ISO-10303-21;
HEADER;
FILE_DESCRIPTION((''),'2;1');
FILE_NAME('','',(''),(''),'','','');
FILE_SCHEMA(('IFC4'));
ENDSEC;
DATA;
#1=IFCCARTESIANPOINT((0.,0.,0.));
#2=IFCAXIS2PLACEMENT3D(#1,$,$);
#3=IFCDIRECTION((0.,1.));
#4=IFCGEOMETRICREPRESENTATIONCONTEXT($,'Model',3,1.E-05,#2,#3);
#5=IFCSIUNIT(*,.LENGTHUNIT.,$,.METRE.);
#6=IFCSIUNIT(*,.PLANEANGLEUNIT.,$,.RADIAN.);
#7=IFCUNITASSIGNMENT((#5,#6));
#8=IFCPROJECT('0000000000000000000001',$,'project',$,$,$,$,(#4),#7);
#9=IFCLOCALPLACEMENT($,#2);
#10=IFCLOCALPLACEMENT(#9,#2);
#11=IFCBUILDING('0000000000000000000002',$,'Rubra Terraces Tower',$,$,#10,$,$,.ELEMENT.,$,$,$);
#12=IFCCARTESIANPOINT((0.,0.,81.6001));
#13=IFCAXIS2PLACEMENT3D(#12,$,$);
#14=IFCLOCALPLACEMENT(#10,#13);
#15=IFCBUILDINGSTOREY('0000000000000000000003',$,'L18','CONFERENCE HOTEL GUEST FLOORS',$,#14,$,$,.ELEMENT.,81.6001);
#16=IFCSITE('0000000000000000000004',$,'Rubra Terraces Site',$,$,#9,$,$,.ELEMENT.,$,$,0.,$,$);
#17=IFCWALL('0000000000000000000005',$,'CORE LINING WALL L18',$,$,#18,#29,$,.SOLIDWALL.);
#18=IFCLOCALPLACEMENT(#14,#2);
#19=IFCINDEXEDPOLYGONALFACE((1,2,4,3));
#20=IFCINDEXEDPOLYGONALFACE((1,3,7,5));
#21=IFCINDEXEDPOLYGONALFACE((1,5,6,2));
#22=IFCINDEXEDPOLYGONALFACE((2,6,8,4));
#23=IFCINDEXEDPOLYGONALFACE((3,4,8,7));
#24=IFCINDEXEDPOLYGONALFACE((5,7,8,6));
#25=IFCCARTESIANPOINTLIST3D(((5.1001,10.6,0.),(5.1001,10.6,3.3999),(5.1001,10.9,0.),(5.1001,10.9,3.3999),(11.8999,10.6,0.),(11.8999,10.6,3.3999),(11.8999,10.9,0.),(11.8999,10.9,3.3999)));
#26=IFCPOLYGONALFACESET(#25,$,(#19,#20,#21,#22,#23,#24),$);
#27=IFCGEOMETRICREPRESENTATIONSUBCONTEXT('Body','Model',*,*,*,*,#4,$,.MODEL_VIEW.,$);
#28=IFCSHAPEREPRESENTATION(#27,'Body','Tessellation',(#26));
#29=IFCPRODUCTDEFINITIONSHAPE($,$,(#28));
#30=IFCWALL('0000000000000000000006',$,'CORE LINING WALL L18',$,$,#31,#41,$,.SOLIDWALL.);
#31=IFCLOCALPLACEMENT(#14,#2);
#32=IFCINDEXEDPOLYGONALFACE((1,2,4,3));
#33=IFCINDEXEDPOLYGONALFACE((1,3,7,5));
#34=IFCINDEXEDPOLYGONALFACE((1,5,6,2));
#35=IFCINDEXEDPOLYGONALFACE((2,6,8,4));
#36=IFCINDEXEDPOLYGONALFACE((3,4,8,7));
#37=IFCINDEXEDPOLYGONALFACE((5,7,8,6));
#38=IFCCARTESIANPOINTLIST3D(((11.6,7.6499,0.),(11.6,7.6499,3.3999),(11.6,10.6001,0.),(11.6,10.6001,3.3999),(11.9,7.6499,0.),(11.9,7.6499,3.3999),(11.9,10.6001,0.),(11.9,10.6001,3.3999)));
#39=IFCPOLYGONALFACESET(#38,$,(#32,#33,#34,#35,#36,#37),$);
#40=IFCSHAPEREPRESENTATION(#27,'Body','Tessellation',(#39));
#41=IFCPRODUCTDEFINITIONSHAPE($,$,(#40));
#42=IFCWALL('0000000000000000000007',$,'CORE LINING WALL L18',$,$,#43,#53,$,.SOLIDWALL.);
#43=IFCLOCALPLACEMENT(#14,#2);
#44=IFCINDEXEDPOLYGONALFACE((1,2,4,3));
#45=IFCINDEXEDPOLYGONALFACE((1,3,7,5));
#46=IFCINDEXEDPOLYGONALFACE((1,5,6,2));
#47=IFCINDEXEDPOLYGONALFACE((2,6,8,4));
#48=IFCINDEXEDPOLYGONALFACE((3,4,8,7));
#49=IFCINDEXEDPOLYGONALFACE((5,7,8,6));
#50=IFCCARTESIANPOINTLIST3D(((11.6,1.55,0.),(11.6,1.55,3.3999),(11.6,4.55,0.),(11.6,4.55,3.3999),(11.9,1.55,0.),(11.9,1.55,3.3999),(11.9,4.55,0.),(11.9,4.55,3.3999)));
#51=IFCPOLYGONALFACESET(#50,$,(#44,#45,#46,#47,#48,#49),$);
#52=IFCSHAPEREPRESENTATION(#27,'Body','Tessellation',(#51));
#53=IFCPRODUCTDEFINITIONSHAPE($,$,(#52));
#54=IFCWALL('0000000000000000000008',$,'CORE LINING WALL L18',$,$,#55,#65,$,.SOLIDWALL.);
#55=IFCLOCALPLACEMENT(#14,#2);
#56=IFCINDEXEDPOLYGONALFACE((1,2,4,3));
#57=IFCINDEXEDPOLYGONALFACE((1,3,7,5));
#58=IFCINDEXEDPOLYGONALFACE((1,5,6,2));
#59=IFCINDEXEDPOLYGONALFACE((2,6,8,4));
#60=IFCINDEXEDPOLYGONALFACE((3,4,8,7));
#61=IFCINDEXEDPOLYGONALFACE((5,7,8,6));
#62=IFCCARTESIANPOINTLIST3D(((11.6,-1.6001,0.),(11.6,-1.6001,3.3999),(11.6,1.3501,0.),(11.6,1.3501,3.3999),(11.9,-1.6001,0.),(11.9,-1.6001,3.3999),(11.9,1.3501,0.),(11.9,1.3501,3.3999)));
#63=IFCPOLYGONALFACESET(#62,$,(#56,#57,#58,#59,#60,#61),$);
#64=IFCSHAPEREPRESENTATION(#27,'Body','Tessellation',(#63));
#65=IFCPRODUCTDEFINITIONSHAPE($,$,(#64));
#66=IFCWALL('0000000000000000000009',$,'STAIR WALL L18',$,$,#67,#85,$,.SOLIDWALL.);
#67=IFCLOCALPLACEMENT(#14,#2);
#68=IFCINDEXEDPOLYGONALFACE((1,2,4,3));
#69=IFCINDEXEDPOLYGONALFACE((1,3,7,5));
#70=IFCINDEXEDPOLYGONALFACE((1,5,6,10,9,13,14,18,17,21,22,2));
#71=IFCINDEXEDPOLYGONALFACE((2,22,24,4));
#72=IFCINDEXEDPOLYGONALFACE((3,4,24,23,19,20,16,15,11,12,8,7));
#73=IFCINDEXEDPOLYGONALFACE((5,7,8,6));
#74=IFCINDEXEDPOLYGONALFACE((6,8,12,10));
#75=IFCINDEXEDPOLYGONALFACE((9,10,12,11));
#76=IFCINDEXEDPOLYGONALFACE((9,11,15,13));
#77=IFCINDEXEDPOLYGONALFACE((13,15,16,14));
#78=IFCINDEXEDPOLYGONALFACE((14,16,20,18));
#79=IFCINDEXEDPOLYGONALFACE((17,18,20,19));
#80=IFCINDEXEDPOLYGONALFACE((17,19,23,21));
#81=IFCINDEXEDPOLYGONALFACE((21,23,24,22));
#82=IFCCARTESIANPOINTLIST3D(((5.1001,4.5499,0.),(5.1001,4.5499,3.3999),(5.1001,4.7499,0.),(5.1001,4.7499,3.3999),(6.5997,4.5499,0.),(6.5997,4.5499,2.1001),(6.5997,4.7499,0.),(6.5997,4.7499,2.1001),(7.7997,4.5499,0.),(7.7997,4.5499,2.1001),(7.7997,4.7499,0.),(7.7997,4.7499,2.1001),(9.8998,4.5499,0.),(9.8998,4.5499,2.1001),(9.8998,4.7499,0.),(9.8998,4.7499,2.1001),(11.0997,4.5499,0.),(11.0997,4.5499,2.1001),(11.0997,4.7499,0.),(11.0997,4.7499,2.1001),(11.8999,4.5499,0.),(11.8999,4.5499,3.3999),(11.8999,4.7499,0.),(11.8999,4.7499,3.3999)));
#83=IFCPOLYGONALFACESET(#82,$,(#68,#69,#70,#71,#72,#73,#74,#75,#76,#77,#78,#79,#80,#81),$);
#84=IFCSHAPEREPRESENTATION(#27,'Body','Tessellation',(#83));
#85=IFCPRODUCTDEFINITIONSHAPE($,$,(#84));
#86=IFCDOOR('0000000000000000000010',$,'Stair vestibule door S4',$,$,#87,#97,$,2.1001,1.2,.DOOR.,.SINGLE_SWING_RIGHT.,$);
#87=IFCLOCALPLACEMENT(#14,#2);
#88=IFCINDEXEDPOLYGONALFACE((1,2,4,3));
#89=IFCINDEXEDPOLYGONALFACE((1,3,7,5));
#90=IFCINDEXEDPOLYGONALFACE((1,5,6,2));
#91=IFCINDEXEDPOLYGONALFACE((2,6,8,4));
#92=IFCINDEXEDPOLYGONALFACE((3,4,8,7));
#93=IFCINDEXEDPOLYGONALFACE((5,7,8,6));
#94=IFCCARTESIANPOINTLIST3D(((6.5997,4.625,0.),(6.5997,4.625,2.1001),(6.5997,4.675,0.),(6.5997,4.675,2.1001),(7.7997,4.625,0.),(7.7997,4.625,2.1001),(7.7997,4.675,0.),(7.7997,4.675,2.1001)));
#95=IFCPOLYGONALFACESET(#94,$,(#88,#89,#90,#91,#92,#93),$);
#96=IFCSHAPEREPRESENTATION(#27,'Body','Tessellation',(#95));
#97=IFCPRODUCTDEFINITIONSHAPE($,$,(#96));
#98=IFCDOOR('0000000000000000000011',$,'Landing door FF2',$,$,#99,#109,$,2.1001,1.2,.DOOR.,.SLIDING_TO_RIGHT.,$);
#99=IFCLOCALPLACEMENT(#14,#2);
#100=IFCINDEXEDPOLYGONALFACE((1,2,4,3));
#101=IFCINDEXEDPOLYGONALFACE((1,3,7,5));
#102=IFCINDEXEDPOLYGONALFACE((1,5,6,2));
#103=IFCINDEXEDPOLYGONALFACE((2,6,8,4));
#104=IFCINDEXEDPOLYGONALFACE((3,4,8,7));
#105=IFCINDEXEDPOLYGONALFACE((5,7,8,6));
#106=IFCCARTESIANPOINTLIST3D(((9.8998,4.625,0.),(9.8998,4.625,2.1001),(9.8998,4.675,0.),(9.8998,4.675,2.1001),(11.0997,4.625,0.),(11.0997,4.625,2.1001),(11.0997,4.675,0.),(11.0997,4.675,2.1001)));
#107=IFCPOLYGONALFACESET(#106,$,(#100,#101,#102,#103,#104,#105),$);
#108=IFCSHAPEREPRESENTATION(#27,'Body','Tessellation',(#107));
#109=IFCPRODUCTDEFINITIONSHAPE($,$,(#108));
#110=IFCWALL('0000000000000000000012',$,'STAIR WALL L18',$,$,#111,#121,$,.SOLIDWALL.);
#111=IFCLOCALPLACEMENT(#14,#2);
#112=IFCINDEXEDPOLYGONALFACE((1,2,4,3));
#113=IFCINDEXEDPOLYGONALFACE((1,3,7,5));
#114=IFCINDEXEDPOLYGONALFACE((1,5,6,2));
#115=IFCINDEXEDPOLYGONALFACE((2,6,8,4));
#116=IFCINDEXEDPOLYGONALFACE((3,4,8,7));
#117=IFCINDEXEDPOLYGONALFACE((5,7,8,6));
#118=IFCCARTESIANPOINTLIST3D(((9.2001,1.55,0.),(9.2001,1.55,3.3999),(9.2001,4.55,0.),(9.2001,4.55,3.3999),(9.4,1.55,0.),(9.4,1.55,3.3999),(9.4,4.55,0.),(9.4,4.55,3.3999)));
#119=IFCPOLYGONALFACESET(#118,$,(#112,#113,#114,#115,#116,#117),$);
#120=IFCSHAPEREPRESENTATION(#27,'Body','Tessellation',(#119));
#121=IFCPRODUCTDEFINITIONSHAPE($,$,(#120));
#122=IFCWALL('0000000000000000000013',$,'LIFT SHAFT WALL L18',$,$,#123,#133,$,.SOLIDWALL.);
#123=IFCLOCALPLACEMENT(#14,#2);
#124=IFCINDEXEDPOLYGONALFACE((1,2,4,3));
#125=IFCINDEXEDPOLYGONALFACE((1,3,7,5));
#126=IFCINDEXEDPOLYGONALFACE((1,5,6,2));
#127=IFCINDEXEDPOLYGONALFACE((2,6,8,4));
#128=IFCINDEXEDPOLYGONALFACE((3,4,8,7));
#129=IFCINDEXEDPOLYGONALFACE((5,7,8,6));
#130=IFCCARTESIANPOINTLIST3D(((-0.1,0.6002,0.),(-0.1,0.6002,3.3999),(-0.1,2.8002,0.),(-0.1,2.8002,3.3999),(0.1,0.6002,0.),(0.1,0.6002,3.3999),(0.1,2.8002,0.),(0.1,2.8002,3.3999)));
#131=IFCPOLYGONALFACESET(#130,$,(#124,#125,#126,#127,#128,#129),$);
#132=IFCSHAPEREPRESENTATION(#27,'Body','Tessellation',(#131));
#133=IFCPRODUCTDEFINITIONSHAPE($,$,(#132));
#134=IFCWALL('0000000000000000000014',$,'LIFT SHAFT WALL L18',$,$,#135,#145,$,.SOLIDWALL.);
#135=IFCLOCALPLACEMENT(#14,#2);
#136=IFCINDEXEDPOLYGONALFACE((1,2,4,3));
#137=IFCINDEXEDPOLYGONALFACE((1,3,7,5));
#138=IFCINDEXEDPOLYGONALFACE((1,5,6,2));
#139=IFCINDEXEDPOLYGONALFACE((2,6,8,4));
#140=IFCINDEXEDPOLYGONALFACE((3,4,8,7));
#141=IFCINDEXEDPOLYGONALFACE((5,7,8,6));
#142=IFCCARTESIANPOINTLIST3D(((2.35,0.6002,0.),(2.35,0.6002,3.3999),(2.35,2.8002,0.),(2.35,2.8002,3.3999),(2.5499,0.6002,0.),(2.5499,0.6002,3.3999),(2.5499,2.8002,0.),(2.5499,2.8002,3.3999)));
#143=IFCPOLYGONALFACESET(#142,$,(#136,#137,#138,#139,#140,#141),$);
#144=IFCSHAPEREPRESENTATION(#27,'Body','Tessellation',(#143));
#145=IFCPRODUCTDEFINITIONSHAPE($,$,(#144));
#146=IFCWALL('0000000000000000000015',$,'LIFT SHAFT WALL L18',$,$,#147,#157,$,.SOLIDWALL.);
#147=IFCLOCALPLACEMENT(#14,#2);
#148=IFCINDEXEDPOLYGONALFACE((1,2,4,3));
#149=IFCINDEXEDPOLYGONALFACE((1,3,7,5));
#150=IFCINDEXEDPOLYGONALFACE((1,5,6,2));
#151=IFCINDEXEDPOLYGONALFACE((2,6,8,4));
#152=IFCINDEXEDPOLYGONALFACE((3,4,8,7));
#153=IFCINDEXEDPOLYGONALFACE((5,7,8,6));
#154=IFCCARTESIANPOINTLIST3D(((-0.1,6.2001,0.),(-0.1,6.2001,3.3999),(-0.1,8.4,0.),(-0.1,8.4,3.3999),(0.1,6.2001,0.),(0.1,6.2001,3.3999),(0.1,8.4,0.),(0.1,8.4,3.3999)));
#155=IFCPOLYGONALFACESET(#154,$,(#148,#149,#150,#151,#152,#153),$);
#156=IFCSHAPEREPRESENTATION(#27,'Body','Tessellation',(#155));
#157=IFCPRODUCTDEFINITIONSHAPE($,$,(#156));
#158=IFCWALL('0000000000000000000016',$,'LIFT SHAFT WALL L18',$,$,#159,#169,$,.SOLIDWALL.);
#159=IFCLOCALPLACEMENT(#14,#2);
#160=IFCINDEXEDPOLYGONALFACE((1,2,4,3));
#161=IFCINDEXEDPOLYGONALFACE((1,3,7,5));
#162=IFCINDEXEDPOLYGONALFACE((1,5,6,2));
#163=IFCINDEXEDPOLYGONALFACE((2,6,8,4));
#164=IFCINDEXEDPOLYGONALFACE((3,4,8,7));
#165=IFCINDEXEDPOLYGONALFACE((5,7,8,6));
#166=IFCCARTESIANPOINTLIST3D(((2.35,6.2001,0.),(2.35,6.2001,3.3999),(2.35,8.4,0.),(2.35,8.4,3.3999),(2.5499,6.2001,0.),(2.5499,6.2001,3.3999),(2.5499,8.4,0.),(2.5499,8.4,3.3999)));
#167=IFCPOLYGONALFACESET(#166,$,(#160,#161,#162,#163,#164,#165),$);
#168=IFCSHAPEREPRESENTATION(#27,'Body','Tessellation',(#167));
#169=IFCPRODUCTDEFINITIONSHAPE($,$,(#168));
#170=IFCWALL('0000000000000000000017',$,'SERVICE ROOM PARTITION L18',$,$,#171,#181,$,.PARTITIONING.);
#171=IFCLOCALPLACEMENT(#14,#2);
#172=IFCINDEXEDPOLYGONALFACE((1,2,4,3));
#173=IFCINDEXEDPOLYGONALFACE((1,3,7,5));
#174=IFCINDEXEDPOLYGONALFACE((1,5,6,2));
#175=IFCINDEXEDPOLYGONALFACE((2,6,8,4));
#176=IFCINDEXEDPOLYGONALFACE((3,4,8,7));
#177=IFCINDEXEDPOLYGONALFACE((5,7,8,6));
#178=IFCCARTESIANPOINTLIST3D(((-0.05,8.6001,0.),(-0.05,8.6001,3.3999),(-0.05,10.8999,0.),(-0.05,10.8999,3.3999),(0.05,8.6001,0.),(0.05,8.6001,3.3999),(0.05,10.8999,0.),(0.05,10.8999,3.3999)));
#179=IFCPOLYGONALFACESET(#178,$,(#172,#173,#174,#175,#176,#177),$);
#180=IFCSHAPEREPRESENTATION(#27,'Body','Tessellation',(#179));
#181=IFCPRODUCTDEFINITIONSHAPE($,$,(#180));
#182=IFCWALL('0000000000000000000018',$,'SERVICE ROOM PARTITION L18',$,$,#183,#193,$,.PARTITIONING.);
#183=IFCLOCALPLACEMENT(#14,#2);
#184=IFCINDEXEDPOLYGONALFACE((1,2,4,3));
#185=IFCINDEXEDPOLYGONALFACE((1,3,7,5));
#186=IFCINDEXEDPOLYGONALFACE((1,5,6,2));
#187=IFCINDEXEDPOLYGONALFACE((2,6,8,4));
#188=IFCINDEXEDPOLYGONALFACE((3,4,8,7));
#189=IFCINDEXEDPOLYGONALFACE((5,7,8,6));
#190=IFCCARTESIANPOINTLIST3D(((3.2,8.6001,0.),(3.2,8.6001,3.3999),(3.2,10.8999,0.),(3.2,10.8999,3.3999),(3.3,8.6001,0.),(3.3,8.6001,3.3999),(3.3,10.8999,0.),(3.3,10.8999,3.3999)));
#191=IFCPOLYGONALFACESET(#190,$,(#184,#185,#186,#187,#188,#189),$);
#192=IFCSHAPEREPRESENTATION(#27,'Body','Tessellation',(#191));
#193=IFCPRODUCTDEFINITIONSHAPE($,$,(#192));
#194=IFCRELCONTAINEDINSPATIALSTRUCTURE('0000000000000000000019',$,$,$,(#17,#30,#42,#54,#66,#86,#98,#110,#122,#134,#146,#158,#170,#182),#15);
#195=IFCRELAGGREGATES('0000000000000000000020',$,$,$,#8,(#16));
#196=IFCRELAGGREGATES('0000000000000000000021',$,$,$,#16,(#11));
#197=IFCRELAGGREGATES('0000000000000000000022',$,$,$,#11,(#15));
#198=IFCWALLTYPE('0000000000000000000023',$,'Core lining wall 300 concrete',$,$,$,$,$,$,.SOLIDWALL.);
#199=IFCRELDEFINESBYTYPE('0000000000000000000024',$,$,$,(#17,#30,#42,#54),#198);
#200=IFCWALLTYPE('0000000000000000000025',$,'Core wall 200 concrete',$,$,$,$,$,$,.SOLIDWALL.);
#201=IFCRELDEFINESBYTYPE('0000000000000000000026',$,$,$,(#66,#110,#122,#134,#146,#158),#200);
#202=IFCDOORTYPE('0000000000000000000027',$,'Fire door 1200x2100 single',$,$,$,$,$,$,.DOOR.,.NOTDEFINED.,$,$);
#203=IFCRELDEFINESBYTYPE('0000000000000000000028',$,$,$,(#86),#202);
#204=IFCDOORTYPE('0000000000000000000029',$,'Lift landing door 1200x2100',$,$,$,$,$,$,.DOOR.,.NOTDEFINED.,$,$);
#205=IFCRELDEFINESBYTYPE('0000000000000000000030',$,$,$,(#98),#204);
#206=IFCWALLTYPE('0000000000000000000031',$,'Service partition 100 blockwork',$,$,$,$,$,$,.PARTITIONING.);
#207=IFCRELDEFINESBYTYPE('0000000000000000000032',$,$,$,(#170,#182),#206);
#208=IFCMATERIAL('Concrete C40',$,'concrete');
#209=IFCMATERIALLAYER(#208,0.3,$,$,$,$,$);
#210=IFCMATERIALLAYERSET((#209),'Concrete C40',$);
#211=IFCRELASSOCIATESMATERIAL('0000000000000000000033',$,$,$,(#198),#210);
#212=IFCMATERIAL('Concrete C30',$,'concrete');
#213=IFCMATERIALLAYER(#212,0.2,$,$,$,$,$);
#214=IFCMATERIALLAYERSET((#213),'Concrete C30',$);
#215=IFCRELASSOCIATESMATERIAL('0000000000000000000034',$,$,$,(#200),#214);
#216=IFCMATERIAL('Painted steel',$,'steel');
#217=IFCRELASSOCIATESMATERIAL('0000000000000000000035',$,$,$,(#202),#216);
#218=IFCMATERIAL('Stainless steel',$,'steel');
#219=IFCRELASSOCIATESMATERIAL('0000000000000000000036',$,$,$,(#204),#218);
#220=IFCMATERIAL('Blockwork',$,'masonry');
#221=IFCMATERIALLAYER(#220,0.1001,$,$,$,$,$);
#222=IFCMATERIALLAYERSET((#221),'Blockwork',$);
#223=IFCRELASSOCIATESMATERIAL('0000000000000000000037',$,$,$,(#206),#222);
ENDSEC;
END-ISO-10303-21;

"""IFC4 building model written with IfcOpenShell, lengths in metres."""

from ifc_helpers import new_model, si_unit, direction, frame, frame_2d, origin, place, context, subcontext, project, spatial, rectangle, extrude, material, layer, layer_set, type_object, element, fill, save


model = new_model("IFC4")

# Units and contexts
model_context = context("Model", 3, precision=1e-05, world=origin(), true_north=direction((0.0, 1.0)))
body_context = subcontext(model_context, "Body", "Model", "MODEL_VIEW")
ifc_project = project(units=[si_unit("LENGTHUNIT", "METRE"), si_unit("PLANEANGLEUNIT", "RADIAN")], contexts=[model_context])

# Site, building, storey
site_placement = place(None, origin())
site = spatial("IfcSite", under=ifc_project, at=site_placement, Name="Rubra Terraces Site", CompositionType="ELEMENT", RefElevation=0.0)
building_placement = place(site_placement, origin())
building = spatial("IfcBuilding", under=site, at=building_placement, Name="Rubra Terraces Tower", CompositionType="ELEMENT")
storey_placement = place(building_placement, frame((0.0, 0.0, 81.6001)))
storey = spatial("IfcBuildingStorey", under=building, at=storey_placement, Name="L18", Description="CONFERENCE HOTEL GUEST FLOORS", CompositionType="ELEMENT", Elevation=81.6001)

# Walls
ifc_material_1 = material(Name="Concrete C40", Category="concrete")
ifc_layer_1 = layer(ifc_material_1, 0.3)
ifc_layer_set_1 = layer_set([ifc_layer_1], Name="Concrete C40")
wall_type_1 = type_object("IfcWallType", Name="Core lining wall 300 concrete", PredefinedType="SOLIDWALL", material=ifc_layer_set_1)
wall_1_placement = place(storey_placement, frame((11.8999, 10.75, 0.0), z_axis=(0.0, 0.0, 1.0), x_axis=(-1.0, 0.0, 0.0)))
element("IfcWall", 1, at=wall_1_placement, inside=storey, type_object=wall_type_1, Name="CORE LINING WALL L18", PredefinedType="SOLIDWALL", context=body_context, shape_type="SweptSolid", body=[
    extrude(rectangle(XDim=6.7998, YDim=0.3, at=frame_2d((3.3999, 0.0))), origin(), (0.0, 0.0, 1.0), 3.3999),
])
wall_2_placement = place(storey_placement, frame((11.75, 10.6001, 0.0), z_axis=(0.0, 0.0, 1.0), x_axis=(0.0, -1.0, 0.0)))
element("IfcWall", 2, at=wall_2_placement, inside=storey, type_object=wall_type_1, Name="CORE LINING WALL L18", PredefinedType="SOLIDWALL", context=body_context, shape_type="SweptSolid", body=[
    extrude(rectangle(XDim=2.9502, YDim=0.3, at=frame_2d((1.4751, 0.0))), origin(), (0.0, 0.0, 1.0), 3.3999),
])
wall_3_placement = place(storey_placement, frame((11.75, 4.55, 0.0), z_axis=(0.0, 0.0, 1.0), x_axis=(0.0, -1.0, 0.0)))
element("IfcWall", 3, at=wall_3_placement, inside=storey, type_object=wall_type_1, Name="CORE LINING WALL L18", PredefinedType="SOLIDWALL", context=body_context, shape_type="SweptSolid", body=[
    extrude(rectangle(XDim=3.0, YDim=0.3, at=frame_2d((1.5, 0.0))), origin(), (0.0, 0.0, 1.0), 3.3999),
])
wall_4_placement = place(storey_placement, frame((11.75, 1.3501, 0.0), z_axis=(0.0, 0.0, 1.0), x_axis=(0.0, -1.0, 0.0)))
element("IfcWall", 4, at=wall_4_placement, inside=storey, type_object=wall_type_1, Name="CORE LINING WALL L18", PredefinedType="SOLIDWALL", context=body_context, shape_type="SweptSolid", body=[
    extrude(rectangle(XDim=2.9502, YDim=0.3, at=frame_2d((1.4751, 0.0))), origin(), (0.0, 0.0, 1.0), 3.3999),
])

# Wall, openings, doors
ifc_material_2 = material(Name="Concrete C30", Category="concrete")
ifc_layer_2 = layer(ifc_material_2, 0.2)
ifc_layer_set_2 = layer_set([ifc_layer_2], Name="Concrete C30")
wall_type_2 = type_object("IfcWallType", Name="Core wall 200 concrete", PredefinedType="SOLIDWALL", material=ifc_layer_set_2)
wall_5_placement = place(storey_placement, frame((11.8999, 4.6499, 0.0), z_axis=(0.0, 0.0, 1.0), x_axis=(-1.0, 0.0, 0.0)))
wall_5 = element("IfcWall", 5, at=wall_5_placement, inside=storey, type_object=wall_type_2, Name="STAIR WALL L18", PredefinedType="SOLIDWALL", context=body_context, shape_type="SweptSolid", body=[
    extrude(rectangle(XDim=6.7998, YDim=0.2, at=frame_2d((3.3999, 0.0))), origin(), (0.0, 0.0, 1.0), 3.3999),
])
opening_1_placement = place(wall_5_placement, frame((4.1001, 0.0, 0.0)))
opening_1 = element("IfcOpeningElement", 6, at=opening_1_placement, cuts=wall_5, PredefinedType="OPENING", context=body_context, shape_type="SweptSolid", body=[
    extrude(rectangle(XDim=1.2, YDim=2.1001, at=frame_2d((0.6001, 1.05))), frame((0.0, 0.1099, 0.0), z_axis=(0.0, -1.0, 0.0), x_axis=(1.0, 0.0, 0.0)), (0.0, 0.0, 1.0), 0.22),
])
opening_2_placement = place(wall_5_placement, frame((0.8, 0.0, 0.0)))
opening_2 = element("IfcOpeningElement", 7, at=opening_2_placement, cuts=wall_5, PredefinedType="OPENING", context=body_context, shape_type="SweptSolid", body=[
    extrude(rectangle(XDim=1.2, YDim=2.1001, at=frame_2d((0.6001, 1.05))), frame((0.0, 0.1099, 0.0), z_axis=(0.0, -1.0, 0.0), x_axis=(1.0, 0.0, 0.0)), (0.0, 0.0, 1.0), 0.22),
])
ifc_material_3 = material(Name="Painted steel", Category="steel")
door_type_1 = type_object("IfcDoorType", Name="Fire door 1200x2100 single", OperationType="NOTDEFINED", PredefinedType="DOOR", material=ifc_material_3)
door_1_placement = place(opening_1_placement, origin())
door_1 = element("IfcDoor", 8, at=door_1_placement, inside=storey, type_object=door_type_1, Name="Stair vestibule door S4", OperationType="SINGLE_SWING_RIGHT", OverallHeight=2.1001, OverallWidth=1.2, PredefinedType="DOOR", context=body_context, shape_type="SweptSolid", body=[
    extrude(rectangle(XDim=1.2, YDim=2.1001, at=frame_2d((0.6001, 1.05))), frame((0.0, 0.0249, 0.0), z_axis=(0.0, -1.0, 0.0), x_axis=(1.0, 0.0, 0.0)), (0.0, 0.0, 1.0), 0.05),
])
fill(opening_1, door_1)
ifc_material_4 = material(Name="Stainless steel", Category="steel")
door_type_2 = type_object("IfcDoorType", Name="Lift landing door 1200x2100", OperationType="NOTDEFINED", PredefinedType="DOOR", material=ifc_material_4)
door_2_placement = place(opening_2_placement, origin())
door_2 = element("IfcDoor", 9, at=door_2_placement, inside=storey, type_object=door_type_2, Name="Landing door FF2", OperationType="SLIDING_TO_RIGHT", OverallHeight=2.1001, OverallWidth=1.2, PredefinedType="DOOR", context=body_context, shape_type="SweptSolid", body=[
    extrude(rectangle(XDim=1.2, YDim=2.1001, at=frame_2d((0.6001, 1.05))), frame((0.0, 0.0249, 0.0), z_axis=(0.0, -1.0, 0.0), x_axis=(1.0, 0.0, 0.0)), (0.0, 0.0, 1.0), 0.05),
])
fill(opening_2, door_2)

# Walls
wall_6_placement = place(storey_placement, frame((9.3, 4.55, 0.0), z_axis=(0.0, 0.0, 1.0), x_axis=(0.0, -1.0, 0.0)))
element("IfcWall", 10, at=wall_6_placement, inside=storey, type_object=wall_type_2, Name="STAIR WALL L18", PredefinedType="SOLIDWALL", context=body_context, shape_type="SweptSolid", body=[
    extrude(rectangle(XDim=3.0, YDim=0.2, at=frame_2d((1.5, 0.0))), origin(), (0.0, 0.0, 1.0), 3.3999),
])
for number, where, z_axis, x_axis, name in (
    (11, (0.0, 0.6001, 0.0), (0.0, 0.0, 1.0), (0.0, 1.0, 0.0), "LIFT SHAFT WALL L18"),
    (12, (2.45, 0.6001, 0.0), (0.0, 0.0, 1.0), (0.0, 1.0, 0.0), "LIFT SHAFT WALL L18"),
    (13, (0.0, 6.2, 0.0), (0.0, 0.0, 1.0), (0.0, 1.0, 0.0), "LIFT SHAFT WALL L18"),
    (14, (2.45, 6.2, 0.0), (0.0, 0.0, 1.0), (0.0, 1.0, 0.0), "LIFT SHAFT WALL L18"),
):
    element("IfcWall", number, at=place(storey_placement, frame(where, z_axis=z_axis, x_axis=x_axis)), inside=storey, type_object=wall_type_2, Name=name, PredefinedType="SOLIDWALL", context=body_context, shape_type="SweptSolid", body=[
        extrude(rectangle(XDim=2.2, YDim=0.2, at=frame_2d((1.1001, 0.0))), origin(), (0.0, 0.0, 1.0), 3.3999),
    ])
ifc_material_5 = material(Name="Blockwork", Category="masonry")
ifc_layer_3 = layer(ifc_material_5, 0.1001)
ifc_layer_set_3 = layer_set([ifc_layer_3], Name="Blockwork")
wall_type_3 = type_object("IfcWallType", Name="Service partition 100 blockwork", PredefinedType="PARTITIONING", material=ifc_layer_set_3)
for number, where, z_axis, x_axis, name in (
    (15, (0.0, 8.6001, 0.0), (0.0, 0.0, 1.0), (0.0, 1.0, 0.0), "SERVICE ROOM PARTITION L18"),
    (16, (3.25, 8.6001, 0.0), (0.0, 0.0, 1.0), (0.0, 1.0, 0.0), "SERVICE ROOM PARTITION L18"),
):
    element("IfcWall", number, at=place(storey_placement, frame(where, z_axis=z_axis, x_axis=x_axis)), inside=storey, type_object=wall_type_3, Name=name, PredefinedType="PARTITIONING", context=body_context, shape_type="SweptSolid", body=[
        extrude(rectangle(XDim=2.2998, YDim=0.1001, at=frame_2d((1.1499, 0.0))), origin(), (0.0, 0.0, 1.0), 3.3999),
    ])

save(model, "model.ifc")
